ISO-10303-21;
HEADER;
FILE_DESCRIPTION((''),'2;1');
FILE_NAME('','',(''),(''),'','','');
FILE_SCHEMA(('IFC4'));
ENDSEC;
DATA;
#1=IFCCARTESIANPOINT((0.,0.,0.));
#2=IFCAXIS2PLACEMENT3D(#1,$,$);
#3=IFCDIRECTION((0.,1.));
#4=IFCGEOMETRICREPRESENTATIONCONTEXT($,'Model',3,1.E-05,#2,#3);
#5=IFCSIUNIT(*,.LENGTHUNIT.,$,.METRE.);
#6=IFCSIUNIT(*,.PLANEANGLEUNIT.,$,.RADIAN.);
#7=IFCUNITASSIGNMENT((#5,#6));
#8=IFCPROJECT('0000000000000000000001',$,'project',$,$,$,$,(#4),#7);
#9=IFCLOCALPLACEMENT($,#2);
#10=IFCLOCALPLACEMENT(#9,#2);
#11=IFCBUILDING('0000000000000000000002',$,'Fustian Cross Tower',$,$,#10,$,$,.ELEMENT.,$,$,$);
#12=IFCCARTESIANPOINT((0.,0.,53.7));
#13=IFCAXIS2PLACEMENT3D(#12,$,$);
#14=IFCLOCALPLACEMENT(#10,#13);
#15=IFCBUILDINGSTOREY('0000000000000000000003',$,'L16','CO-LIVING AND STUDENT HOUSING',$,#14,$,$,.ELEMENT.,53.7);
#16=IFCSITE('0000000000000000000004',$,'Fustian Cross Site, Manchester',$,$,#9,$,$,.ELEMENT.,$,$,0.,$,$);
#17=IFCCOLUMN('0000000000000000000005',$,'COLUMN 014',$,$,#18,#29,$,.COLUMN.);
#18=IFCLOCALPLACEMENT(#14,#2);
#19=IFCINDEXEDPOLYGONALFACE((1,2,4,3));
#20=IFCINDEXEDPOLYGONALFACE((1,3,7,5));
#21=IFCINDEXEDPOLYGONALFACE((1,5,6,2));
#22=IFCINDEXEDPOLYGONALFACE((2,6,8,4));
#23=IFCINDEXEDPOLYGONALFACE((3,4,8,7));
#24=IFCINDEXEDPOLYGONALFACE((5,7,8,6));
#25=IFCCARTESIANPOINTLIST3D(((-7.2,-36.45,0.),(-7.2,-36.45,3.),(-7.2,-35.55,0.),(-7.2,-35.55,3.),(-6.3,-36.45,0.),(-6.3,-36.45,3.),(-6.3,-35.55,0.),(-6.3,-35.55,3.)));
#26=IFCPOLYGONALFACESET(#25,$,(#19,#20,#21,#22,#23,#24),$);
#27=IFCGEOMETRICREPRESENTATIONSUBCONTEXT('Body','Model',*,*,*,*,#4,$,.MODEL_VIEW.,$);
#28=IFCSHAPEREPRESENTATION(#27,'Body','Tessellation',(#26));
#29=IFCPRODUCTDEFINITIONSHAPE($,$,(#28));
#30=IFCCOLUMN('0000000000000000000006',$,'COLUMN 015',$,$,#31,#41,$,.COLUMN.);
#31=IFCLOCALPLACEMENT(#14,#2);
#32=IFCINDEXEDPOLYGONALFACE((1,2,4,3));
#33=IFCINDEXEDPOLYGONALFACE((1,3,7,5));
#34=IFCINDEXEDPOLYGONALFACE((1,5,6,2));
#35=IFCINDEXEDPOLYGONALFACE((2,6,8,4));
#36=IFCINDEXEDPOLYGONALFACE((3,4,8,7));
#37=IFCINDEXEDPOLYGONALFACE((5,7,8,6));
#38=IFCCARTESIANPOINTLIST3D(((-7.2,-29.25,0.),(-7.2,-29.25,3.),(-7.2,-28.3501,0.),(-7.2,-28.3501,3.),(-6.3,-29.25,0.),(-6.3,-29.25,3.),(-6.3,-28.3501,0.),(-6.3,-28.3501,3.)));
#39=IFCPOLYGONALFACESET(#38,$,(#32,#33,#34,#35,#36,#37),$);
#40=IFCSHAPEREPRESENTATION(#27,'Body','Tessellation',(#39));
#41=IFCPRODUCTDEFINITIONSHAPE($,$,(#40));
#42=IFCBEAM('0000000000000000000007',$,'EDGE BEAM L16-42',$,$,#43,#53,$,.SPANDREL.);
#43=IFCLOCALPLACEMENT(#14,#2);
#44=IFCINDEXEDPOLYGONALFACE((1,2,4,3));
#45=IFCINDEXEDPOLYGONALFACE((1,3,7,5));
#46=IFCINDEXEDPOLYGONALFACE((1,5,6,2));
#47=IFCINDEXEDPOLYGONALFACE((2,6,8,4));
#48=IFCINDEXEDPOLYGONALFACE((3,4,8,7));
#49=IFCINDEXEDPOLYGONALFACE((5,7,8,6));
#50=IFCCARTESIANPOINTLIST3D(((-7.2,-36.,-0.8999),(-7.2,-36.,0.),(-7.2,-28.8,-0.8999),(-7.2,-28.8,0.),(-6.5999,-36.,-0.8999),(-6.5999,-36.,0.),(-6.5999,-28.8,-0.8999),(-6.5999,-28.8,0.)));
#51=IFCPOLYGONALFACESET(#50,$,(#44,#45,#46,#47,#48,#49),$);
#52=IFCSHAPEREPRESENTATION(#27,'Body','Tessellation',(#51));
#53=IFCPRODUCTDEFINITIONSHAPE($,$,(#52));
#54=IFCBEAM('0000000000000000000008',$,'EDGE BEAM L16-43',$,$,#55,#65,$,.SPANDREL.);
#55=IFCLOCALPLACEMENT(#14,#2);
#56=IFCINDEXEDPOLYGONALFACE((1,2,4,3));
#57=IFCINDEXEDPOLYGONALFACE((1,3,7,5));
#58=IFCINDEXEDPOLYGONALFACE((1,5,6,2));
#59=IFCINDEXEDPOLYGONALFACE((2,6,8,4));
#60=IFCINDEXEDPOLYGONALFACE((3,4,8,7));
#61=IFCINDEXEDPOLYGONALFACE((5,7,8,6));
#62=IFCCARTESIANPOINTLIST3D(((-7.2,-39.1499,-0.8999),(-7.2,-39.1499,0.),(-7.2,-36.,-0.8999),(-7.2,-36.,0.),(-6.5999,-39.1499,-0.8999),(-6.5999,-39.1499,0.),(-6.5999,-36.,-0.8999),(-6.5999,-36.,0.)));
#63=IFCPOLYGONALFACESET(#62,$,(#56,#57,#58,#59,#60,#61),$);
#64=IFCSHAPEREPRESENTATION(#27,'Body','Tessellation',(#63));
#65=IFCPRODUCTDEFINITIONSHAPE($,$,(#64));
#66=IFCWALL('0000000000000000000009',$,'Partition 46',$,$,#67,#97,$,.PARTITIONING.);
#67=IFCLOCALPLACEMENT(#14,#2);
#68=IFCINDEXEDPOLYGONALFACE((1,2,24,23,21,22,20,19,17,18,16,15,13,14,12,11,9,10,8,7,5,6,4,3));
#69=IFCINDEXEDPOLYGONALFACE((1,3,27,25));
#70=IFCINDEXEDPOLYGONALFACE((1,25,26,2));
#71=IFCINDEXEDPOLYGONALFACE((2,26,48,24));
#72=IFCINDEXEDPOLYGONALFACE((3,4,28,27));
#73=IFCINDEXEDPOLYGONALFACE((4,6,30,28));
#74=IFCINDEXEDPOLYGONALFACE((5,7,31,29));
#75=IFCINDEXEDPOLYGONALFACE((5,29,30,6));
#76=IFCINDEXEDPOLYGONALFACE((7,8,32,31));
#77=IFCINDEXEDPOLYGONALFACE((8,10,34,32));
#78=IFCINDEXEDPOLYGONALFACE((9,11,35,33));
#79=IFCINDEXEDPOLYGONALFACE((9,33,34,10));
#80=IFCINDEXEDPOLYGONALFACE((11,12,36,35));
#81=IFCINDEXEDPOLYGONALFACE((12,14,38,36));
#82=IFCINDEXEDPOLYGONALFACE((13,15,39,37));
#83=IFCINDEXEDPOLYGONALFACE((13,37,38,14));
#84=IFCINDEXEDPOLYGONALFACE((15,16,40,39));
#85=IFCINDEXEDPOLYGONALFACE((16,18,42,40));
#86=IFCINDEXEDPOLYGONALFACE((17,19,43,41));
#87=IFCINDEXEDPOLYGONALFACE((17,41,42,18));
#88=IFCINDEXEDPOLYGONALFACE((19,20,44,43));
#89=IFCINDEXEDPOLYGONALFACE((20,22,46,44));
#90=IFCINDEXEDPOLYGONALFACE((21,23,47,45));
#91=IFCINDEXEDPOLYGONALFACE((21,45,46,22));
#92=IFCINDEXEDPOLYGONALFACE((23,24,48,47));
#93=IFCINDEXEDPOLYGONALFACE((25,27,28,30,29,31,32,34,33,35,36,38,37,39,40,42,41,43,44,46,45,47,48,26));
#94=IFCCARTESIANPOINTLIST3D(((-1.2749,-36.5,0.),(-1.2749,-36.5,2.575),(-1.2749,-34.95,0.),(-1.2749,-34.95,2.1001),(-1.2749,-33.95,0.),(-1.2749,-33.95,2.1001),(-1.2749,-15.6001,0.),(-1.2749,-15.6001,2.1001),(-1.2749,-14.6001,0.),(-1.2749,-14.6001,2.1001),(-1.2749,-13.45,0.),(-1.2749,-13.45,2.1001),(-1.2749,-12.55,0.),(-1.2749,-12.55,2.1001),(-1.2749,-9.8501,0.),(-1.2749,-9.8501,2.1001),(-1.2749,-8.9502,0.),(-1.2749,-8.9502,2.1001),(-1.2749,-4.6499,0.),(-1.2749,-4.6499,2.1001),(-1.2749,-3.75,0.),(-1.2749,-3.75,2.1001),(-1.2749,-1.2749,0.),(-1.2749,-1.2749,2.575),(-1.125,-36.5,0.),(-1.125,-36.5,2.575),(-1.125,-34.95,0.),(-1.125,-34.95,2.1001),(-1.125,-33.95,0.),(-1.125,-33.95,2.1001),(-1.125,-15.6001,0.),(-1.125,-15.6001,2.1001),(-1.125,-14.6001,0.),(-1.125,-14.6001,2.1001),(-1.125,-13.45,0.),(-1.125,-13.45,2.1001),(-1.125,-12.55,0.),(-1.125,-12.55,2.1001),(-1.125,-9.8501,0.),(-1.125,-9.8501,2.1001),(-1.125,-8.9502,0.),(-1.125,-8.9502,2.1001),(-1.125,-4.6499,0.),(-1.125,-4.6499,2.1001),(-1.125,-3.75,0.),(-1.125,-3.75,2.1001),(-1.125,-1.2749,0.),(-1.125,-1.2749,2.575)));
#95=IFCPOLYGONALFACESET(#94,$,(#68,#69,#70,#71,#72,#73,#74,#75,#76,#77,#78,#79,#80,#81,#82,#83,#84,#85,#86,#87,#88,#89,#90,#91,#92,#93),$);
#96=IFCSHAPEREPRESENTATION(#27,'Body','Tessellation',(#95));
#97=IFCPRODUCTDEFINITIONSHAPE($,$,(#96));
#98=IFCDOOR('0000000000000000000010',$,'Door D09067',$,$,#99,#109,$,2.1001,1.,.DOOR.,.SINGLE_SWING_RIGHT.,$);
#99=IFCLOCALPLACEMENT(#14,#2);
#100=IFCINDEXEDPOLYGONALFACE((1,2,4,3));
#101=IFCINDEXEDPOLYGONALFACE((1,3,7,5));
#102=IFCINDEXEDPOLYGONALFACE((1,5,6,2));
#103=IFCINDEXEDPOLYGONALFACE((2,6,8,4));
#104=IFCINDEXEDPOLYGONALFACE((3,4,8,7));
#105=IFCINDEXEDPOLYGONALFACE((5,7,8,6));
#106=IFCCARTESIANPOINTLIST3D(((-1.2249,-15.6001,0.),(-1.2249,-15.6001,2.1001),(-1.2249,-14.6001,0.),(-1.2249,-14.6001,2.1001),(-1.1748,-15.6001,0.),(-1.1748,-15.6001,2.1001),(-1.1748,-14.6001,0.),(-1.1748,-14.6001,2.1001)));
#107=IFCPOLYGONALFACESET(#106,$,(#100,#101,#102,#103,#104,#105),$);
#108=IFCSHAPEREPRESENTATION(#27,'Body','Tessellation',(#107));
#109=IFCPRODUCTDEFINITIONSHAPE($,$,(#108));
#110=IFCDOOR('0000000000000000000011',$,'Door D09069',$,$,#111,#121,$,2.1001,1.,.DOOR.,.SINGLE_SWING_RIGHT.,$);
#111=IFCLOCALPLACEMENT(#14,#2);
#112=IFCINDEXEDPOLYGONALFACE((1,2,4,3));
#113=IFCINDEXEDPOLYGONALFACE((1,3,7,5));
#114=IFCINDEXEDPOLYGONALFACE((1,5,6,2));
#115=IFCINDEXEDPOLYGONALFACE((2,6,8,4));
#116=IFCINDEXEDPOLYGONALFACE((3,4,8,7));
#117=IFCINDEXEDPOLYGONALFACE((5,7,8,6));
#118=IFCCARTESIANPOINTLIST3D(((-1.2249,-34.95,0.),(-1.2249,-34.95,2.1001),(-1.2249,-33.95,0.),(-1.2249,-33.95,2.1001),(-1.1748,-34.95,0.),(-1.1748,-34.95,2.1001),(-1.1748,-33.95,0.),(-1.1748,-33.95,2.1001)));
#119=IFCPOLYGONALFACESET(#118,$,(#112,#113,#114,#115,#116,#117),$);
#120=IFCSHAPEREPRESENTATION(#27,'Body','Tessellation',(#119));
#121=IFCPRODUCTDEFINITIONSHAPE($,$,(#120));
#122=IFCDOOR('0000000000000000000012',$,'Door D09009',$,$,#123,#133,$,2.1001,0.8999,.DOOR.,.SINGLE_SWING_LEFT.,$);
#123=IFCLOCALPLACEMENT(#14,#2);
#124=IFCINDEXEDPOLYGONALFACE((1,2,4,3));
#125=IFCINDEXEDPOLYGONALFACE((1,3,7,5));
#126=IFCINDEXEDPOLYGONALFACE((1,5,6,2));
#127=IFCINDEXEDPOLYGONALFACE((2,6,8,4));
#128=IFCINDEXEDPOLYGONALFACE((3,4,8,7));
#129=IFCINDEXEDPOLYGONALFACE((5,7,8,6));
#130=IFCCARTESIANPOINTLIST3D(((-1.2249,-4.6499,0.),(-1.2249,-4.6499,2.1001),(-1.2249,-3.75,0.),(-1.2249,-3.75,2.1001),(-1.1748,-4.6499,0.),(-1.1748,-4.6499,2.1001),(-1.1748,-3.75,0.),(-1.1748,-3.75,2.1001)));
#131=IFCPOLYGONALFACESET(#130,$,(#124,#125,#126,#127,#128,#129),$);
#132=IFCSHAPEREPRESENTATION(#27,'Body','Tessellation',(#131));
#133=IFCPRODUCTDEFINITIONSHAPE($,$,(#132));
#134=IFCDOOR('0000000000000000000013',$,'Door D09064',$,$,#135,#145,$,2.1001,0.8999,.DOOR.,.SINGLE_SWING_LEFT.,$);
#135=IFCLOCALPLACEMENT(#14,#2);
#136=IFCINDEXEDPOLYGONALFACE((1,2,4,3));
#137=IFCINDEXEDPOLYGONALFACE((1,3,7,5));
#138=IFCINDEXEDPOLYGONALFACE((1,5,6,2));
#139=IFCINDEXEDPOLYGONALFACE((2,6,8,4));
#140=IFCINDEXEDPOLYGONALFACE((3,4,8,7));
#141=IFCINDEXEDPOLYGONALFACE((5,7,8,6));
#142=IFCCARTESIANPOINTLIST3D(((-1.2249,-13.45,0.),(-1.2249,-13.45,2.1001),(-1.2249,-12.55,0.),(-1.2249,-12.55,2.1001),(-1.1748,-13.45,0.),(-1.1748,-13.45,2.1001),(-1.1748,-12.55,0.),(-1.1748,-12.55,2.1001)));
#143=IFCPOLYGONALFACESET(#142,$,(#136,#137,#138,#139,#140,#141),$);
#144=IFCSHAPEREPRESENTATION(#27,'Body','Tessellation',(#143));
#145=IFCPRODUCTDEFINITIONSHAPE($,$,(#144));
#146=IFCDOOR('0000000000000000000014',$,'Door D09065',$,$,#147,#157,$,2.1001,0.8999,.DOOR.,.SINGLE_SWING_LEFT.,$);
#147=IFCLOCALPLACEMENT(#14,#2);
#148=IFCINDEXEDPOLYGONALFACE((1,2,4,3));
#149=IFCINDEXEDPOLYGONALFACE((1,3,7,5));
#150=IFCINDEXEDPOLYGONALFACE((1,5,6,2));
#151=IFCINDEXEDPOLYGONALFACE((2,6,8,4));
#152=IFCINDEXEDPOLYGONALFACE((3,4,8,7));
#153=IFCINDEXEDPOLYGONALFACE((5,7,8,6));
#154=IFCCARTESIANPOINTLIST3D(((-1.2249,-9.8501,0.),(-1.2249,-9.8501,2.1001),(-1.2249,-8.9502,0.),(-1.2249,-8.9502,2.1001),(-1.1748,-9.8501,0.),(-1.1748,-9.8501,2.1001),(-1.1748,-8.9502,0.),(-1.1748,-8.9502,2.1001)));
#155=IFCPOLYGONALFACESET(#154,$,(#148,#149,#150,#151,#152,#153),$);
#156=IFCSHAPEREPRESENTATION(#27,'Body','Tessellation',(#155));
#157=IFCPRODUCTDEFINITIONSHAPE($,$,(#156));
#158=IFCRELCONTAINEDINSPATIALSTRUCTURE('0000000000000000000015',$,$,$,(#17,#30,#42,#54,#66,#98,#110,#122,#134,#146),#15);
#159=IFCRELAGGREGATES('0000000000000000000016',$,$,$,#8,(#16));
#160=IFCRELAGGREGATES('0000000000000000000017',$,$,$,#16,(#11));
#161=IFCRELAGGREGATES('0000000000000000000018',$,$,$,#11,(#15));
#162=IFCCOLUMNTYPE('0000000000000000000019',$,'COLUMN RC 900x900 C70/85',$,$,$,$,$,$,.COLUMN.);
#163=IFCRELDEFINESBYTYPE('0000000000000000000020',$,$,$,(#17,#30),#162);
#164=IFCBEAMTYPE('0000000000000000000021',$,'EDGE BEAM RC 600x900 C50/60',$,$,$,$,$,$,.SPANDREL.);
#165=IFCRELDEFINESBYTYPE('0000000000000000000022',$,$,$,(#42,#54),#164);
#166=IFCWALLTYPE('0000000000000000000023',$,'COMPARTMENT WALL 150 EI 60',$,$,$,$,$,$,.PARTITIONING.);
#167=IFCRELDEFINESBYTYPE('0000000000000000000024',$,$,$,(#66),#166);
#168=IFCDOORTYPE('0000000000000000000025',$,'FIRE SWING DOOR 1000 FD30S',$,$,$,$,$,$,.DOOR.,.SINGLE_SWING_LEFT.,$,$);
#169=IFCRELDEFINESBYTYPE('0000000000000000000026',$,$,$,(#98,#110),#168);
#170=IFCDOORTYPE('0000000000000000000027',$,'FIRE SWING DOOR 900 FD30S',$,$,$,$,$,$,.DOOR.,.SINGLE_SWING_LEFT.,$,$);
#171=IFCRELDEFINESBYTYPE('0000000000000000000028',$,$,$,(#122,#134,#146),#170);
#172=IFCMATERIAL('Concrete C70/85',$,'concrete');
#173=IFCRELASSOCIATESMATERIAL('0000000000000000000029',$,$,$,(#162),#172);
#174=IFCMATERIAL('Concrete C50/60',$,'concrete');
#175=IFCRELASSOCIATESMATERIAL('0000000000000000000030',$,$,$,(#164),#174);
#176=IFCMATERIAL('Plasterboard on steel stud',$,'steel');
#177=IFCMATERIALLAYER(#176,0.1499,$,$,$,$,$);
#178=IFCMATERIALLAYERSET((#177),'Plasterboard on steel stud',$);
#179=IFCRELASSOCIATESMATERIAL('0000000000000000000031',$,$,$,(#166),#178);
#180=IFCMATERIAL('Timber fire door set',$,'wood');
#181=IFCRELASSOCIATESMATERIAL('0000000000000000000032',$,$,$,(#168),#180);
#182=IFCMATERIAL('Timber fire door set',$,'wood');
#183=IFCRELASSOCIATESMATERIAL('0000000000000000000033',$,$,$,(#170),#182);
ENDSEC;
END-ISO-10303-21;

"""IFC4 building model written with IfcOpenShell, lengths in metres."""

from ifc_helpers import new_model, si_unit, direction, frame, frame_2d, origin, origin_2d, place, context, subcontext, project, spatial, rectangle, extrude, material, layer, layer_set, material_profile, profile_set, type_object, element, fill, save


model = new_model("IFC4")

# Units and contexts
model_context = context("Model", 3, precision=1e-05, world=origin(), true_north=direction((0.0, 1.0)))
body_context = subcontext(model_context, "Body", "Model", "MODEL_VIEW")
ifc_project = project(units=[si_unit("LENGTHUNIT", "METRE"), si_unit("PLANEANGLEUNIT", "RADIAN")], contexts=[model_context])

# Site, building, storey
site_placement = place(None, origin())
site = spatial("IfcSite", under=ifc_project, at=site_placement, Name="Fustian Cross Site, Manchester", CompositionType="ELEMENT", RefElevation=0.0)
building_placement = place(site_placement, origin())
building = spatial("IfcBuilding", under=site, at=building_placement, Name="Fustian Cross Tower", CompositionType="ELEMENT")
storey_placement = place(building_placement, frame((0.0, 0.0, 53.7)))
storey = spatial("IfcBuildingStorey", under=building, at=storey_placement, Name="L16", Description="CO-LIVING AND STUDENT HOUSING", CompositionType="ELEMENT", Elevation=53.7)

# Columns
ifc_material_1 = material(Name="Concrete C70/85", Category="concrete")
ifc_material_profile_1 = material_profile(ifc_material_1, rectangle(XDim=0.8999, YDim=0.8999, at=origin_2d()), Name="RC 900x900")
ifc_profile_set_1 = profile_set([ifc_material_profile_1], Name="Concrete C70/85")
column_type = type_object("IfcColumnType", Name="COLUMN RC 900x900 C70/85", PredefinedType="COLUMN", material=ifc_profile_set_1)
for number, where, z_axis, x_axis, name in (
    (1, (-6.75, -36.0, 0.0), (0.0, 0.0, 1.0), (1.0, 0.0, 0.0), "COLUMN 014"),
    (2, (-6.75, -28.8, 0.0), (0.0, 0.0, 1.0), (1.0, 0.0, 0.0), "COLUMN 015"),
):
    element("IfcColumn", number, at=place(storey_placement, frame(where, z_axis=z_axis, x_axis=x_axis)), inside=storey, type_object=column_type, Name=name, PredefinedType="COLUMN", context=body_context, shape_type="SweptSolid", body=[
        extrude(rectangle(XDim=0.8999, YDim=0.8999, at=origin_2d()), origin(), (0.0, 0.0, 1.0), 3.0),
    ])

# Beams
ifc_material_2 = material(Name="Concrete C50/60", Category="concrete")
ifc_material_profile_2 = material_profile(ifc_material_2, rectangle(XDim=0.6001, YDim=0.8999, at=origin_2d()), Name="RC 600x900")
ifc_profile_set_2 = profile_set([ifc_material_profile_2], Name="Concrete C50/60")
beam_type = type_object("IfcBeamType", Name="EDGE BEAM RC 600x900 C50/60", PredefinedType="SPANDREL", material=ifc_profile_set_2)
beam_1_placement = place(storey_placement, frame((-6.8999, -28.8, -0.45), z_axis=(0.0, -1.0, 0.0), x_axis=(1.0, 0.0, 0.0)))
element("IfcBeam", 3, at=beam_1_placement, inside=storey, type_object=beam_type, Name="EDGE BEAM L16-42", PredefinedType="SPANDREL", context=body_context, shape_type="SweptSolid", body=[
    extrude(rectangle(XDim=0.6001, YDim=0.8999, at=origin_2d()), origin(), (0.0, 0.0, 1.0), 7.2),
])
beam_2_placement = place(storey_placement, frame((-6.8999, -36.0, -0.45), z_axis=(0.0, -1.0, 0.0), x_axis=(1.0, 0.0, 0.0)))
element("IfcBeam", 4, at=beam_2_placement, inside=storey, type_object=beam_type, Name="EDGE BEAM L16-43", PredefinedType="SPANDREL", context=body_context, shape_type="SweptSolid", body=[
    extrude(rectangle(XDim=0.6001, YDim=0.8999, at=origin_2d()), origin(), (0.0, 0.0, 1.0), 3.1499),
])

# Wall, openings, doors
ifc_material_3 = material(Name="Plasterboard on steel stud", Category="steel")
ifc_layer_1 = layer(ifc_material_3, 0.1499)
ifc_layer_set_1 = layer_set([ifc_layer_1], Name="Plasterboard on steel stud")
wall_type_1 = type_object("IfcWallType", Name="COMPARTMENT WALL 150 EI 60", PredefinedType="PARTITIONING", material=ifc_layer_set_1)
wall_1_placement = place(storey_placement, frame((-1.2, -36.5, 0.0), z_axis=(0.0, 0.0, 1.0), x_axis=(0.0, 1.0, 0.0)))
wall_1 = element("IfcWall", 5, at=wall_1_placement, inside=storey, type_object=wall_type_1, Name="Partition 46", PredefinedType="PARTITIONING", context=body_context, shape_type="SweptSolid", body=[
    extrude(rectangle(XDim=35.2251, YDim=0.1499, at=frame_2d((17.6125, 0.0))), origin(), (0.0, 0.0, 1.0), 2.575),
])
opening_1_placement = place(wall_1_placement, frame((31.8501, 0.0, 0.0)))
opening_1 = element("IfcOpeningElement", 6, at=opening_1_placement, cuts=wall_1, PredefinedType="OPENING", context=body_context, shape_type="SweptSolid", body=[
    extrude(rectangle(XDim=0.8999, YDim=2.1001, at=frame_2d((0.45, 1.05))), frame((0.0, 0.085, 0.0), z_axis=(0.0, -1.0, 0.0), x_axis=(1.0, 0.0, 0.0)), (0.0, 0.0, 1.0), 0.1699),
])
opening_2_placement = place(wall_1_placement, frame((23.05, 0.0, 0.0)))
opening_2 = element("IfcOpeningElement", 7, at=opening_2_placement, cuts=wall_1, PredefinedType="OPENING", context=body_context, shape_type="SweptSolid", body=[
    extrude(rectangle(XDim=0.8999, YDim=2.1001, at=frame_2d((0.45, 1.05))), frame((0.0, 0.085, 0.0), z_axis=(0.0, -1.0, 0.0), x_axis=(1.0, 0.0, 0.0)), (0.0, 0.0, 1.0), 0.1699),
])
opening_3_placement = place(wall_1_placement, frame((26.6499, 0.0, 0.0)))
opening_3 = element("IfcOpeningElement", 8, at=opening_3_placement, cuts=wall_1, PredefinedType="OPENING", context=body_context, shape_type="SweptSolid", body=[
    extrude(rectangle(XDim=0.8999, YDim=2.1001, at=frame_2d((0.45, 1.05))), frame((0.0, 0.085, 0.0), z_axis=(0.0, -1.0, 0.0), x_axis=(1.0, 0.0, 0.0)), (0.0, 0.0, 1.0), 0.1699),
])
opening_4_placement = place(wall_1_placement, frame((20.8999, 0.0, 0.0)))
opening_4 = element("IfcOpeningElement", 9, at=opening_4_placement, cuts=wall_1, PredefinedType="OPENING", context=body_context, shape_type="SweptSolid", body=[
    extrude(rectangle(XDim=1.0, YDim=2.1001, at=frame_2d((0.5, 1.05))), frame((0.0, 0.085, 0.0), z_axis=(0.0, -1.0, 0.0), x_axis=(1.0, 0.0, 0.0)), (0.0, 0.0, 1.0), 0.1699),
])
opening_5_placement = place(wall_1_placement, frame((1.55, 0.0, 0.0)))
opening_5 = element("IfcOpeningElement", 10, at=opening_5_placement, cuts=wall_1, PredefinedType="OPENING", context=body_context, shape_type="SweptSolid", body=[
    extrude(rectangle(XDim=1.0, YDim=2.1001, at=frame_2d((0.5, 1.05))), frame((0.0, 0.085, 0.0), z_axis=(0.0, -1.0, 0.0), x_axis=(1.0, 0.0, 0.0)), (0.0, 0.0, 1.0), 0.1699),
])
ifc_material_4 = material(Name="Timber fire door set", Category="wood")
door_type_1 = type_object("IfcDoorType", Name="FIRE SWING DOOR 1000 FD30S", OperationType="SINGLE_SWING_LEFT", PredefinedType="DOOR", material=ifc_material_4)
door_1_placement = place(opening_4_placement, origin())
door_1 = element("IfcDoor", 11, at=door_1_placement, inside=storey, type_object=door_type_1, Name="Door D09067", OperationType="SINGLE_SWING_RIGHT", OverallHeight=2.1001, OverallWidth=1.0, PredefinedType="DOOR", context=body_context, shape_type="SweptSolid", body=[
    extrude(rectangle(XDim=1.0, YDim=2.1001, at=frame_2d((0.5, 1.05))), frame((0.0, 0.0249, 0.0), z_axis=(0.0, -1.0, 0.0), x_axis=(1.0, 0.0, 0.0)), (0.0, 0.0, 1.0), 0.05),
])
fill(opening_4, door_1)
door_2_placement = place(opening_5_placement, origin())
door_2 = element("IfcDoor", 12, at=door_2_placement, inside=storey, type_object=door_type_1, Name="Door D09069", OperationType="SINGLE_SWING_RIGHT", OverallHeight=2.1001, OverallWidth=1.0, PredefinedType="DOOR", context=body_context, shape_type="SweptSolid", body=[
    extrude(rectangle(XDim=1.0, YDim=2.1001, at=frame_2d((0.5, 1.05))), frame((0.0, 0.0249, 0.0), z_axis=(0.0, -1.0, 0.0), x_axis=(1.0, 0.0, 0.0)), (0.0, 0.0, 1.0), 0.05),
])
fill(opening_5, door_2)
ifc_material_5 = material(Name="Timber fire door set", Category="wood")
door_type_2 = type_object("IfcDoorType", Name="FIRE SWING DOOR 900 FD30S", OperationType="SINGLE_SWING_LEFT", PredefinedType="DOOR", material=ifc_material_5)
door_3_placement = place(opening_1_placement, origin())
door_3 = element("IfcDoor", 13, at=door_3_placement, inside=storey, type_object=door_type_2, Name="Door D09009", OperationType="SINGLE_SWING_LEFT", OverallHeight=2.1001, OverallWidth=0.8999, PredefinedType="DOOR", context=body_context, shape_type="SweptSolid", body=[
    extrude(rectangle(XDim=0.8999, YDim=2.1001, at=frame_2d((0.45, 1.05))), frame((0.0, 0.0249, 0.0), z_axis=(0.0, -1.0, 0.0), x_axis=(1.0, 0.0, 0.0)), (0.0, 0.0, 1.0), 0.05),
])
fill(opening_1, door_3)
door_4_placement = place(opening_2_placement, origin())
door_4 = element("IfcDoor", 14, at=door_4_placement, inside=storey, type_object=door_type_2, Name="Door D09064", OperationType="SINGLE_SWING_LEFT", OverallHeight=2.1001, OverallWidth=0.8999, PredefinedType="DOOR", context=body_context, shape_type="SweptSolid", body=[
    extrude(rectangle(XDim=0.8999, YDim=2.1001, at=frame_2d((0.45, 1.05))), frame((0.0, 0.0249, 0.0), z_axis=(0.0, -1.0, 0.0), x_axis=(1.0, 0.0, 0.0)), (0.0, 0.0, 1.0), 0.05),
])
fill(opening_2, door_4)
door_5_placement = place(opening_3_placement, origin())
door_5 = element("IfcDoor", 15, at=door_5_placement, inside=storey, type_object=door_type_2, Name="Door D09065", OperationType="SINGLE_SWING_LEFT", OverallHeight=2.1001, OverallWidth=0.8999, PredefinedType="DOOR", context=body_context, shape_type="SweptSolid", body=[
    extrude(rectangle(XDim=0.8999, YDim=2.1001, at=frame_2d((0.45, 1.05))), frame((0.0, 0.0249, 0.0), z_axis=(0.0, -1.0, 0.0), x_axis=(1.0, 0.0, 0.0)), (0.0, 0.0, 1.0), 0.05),
])
fill(opening_3, door_5)

save(model, "model.ifc")
